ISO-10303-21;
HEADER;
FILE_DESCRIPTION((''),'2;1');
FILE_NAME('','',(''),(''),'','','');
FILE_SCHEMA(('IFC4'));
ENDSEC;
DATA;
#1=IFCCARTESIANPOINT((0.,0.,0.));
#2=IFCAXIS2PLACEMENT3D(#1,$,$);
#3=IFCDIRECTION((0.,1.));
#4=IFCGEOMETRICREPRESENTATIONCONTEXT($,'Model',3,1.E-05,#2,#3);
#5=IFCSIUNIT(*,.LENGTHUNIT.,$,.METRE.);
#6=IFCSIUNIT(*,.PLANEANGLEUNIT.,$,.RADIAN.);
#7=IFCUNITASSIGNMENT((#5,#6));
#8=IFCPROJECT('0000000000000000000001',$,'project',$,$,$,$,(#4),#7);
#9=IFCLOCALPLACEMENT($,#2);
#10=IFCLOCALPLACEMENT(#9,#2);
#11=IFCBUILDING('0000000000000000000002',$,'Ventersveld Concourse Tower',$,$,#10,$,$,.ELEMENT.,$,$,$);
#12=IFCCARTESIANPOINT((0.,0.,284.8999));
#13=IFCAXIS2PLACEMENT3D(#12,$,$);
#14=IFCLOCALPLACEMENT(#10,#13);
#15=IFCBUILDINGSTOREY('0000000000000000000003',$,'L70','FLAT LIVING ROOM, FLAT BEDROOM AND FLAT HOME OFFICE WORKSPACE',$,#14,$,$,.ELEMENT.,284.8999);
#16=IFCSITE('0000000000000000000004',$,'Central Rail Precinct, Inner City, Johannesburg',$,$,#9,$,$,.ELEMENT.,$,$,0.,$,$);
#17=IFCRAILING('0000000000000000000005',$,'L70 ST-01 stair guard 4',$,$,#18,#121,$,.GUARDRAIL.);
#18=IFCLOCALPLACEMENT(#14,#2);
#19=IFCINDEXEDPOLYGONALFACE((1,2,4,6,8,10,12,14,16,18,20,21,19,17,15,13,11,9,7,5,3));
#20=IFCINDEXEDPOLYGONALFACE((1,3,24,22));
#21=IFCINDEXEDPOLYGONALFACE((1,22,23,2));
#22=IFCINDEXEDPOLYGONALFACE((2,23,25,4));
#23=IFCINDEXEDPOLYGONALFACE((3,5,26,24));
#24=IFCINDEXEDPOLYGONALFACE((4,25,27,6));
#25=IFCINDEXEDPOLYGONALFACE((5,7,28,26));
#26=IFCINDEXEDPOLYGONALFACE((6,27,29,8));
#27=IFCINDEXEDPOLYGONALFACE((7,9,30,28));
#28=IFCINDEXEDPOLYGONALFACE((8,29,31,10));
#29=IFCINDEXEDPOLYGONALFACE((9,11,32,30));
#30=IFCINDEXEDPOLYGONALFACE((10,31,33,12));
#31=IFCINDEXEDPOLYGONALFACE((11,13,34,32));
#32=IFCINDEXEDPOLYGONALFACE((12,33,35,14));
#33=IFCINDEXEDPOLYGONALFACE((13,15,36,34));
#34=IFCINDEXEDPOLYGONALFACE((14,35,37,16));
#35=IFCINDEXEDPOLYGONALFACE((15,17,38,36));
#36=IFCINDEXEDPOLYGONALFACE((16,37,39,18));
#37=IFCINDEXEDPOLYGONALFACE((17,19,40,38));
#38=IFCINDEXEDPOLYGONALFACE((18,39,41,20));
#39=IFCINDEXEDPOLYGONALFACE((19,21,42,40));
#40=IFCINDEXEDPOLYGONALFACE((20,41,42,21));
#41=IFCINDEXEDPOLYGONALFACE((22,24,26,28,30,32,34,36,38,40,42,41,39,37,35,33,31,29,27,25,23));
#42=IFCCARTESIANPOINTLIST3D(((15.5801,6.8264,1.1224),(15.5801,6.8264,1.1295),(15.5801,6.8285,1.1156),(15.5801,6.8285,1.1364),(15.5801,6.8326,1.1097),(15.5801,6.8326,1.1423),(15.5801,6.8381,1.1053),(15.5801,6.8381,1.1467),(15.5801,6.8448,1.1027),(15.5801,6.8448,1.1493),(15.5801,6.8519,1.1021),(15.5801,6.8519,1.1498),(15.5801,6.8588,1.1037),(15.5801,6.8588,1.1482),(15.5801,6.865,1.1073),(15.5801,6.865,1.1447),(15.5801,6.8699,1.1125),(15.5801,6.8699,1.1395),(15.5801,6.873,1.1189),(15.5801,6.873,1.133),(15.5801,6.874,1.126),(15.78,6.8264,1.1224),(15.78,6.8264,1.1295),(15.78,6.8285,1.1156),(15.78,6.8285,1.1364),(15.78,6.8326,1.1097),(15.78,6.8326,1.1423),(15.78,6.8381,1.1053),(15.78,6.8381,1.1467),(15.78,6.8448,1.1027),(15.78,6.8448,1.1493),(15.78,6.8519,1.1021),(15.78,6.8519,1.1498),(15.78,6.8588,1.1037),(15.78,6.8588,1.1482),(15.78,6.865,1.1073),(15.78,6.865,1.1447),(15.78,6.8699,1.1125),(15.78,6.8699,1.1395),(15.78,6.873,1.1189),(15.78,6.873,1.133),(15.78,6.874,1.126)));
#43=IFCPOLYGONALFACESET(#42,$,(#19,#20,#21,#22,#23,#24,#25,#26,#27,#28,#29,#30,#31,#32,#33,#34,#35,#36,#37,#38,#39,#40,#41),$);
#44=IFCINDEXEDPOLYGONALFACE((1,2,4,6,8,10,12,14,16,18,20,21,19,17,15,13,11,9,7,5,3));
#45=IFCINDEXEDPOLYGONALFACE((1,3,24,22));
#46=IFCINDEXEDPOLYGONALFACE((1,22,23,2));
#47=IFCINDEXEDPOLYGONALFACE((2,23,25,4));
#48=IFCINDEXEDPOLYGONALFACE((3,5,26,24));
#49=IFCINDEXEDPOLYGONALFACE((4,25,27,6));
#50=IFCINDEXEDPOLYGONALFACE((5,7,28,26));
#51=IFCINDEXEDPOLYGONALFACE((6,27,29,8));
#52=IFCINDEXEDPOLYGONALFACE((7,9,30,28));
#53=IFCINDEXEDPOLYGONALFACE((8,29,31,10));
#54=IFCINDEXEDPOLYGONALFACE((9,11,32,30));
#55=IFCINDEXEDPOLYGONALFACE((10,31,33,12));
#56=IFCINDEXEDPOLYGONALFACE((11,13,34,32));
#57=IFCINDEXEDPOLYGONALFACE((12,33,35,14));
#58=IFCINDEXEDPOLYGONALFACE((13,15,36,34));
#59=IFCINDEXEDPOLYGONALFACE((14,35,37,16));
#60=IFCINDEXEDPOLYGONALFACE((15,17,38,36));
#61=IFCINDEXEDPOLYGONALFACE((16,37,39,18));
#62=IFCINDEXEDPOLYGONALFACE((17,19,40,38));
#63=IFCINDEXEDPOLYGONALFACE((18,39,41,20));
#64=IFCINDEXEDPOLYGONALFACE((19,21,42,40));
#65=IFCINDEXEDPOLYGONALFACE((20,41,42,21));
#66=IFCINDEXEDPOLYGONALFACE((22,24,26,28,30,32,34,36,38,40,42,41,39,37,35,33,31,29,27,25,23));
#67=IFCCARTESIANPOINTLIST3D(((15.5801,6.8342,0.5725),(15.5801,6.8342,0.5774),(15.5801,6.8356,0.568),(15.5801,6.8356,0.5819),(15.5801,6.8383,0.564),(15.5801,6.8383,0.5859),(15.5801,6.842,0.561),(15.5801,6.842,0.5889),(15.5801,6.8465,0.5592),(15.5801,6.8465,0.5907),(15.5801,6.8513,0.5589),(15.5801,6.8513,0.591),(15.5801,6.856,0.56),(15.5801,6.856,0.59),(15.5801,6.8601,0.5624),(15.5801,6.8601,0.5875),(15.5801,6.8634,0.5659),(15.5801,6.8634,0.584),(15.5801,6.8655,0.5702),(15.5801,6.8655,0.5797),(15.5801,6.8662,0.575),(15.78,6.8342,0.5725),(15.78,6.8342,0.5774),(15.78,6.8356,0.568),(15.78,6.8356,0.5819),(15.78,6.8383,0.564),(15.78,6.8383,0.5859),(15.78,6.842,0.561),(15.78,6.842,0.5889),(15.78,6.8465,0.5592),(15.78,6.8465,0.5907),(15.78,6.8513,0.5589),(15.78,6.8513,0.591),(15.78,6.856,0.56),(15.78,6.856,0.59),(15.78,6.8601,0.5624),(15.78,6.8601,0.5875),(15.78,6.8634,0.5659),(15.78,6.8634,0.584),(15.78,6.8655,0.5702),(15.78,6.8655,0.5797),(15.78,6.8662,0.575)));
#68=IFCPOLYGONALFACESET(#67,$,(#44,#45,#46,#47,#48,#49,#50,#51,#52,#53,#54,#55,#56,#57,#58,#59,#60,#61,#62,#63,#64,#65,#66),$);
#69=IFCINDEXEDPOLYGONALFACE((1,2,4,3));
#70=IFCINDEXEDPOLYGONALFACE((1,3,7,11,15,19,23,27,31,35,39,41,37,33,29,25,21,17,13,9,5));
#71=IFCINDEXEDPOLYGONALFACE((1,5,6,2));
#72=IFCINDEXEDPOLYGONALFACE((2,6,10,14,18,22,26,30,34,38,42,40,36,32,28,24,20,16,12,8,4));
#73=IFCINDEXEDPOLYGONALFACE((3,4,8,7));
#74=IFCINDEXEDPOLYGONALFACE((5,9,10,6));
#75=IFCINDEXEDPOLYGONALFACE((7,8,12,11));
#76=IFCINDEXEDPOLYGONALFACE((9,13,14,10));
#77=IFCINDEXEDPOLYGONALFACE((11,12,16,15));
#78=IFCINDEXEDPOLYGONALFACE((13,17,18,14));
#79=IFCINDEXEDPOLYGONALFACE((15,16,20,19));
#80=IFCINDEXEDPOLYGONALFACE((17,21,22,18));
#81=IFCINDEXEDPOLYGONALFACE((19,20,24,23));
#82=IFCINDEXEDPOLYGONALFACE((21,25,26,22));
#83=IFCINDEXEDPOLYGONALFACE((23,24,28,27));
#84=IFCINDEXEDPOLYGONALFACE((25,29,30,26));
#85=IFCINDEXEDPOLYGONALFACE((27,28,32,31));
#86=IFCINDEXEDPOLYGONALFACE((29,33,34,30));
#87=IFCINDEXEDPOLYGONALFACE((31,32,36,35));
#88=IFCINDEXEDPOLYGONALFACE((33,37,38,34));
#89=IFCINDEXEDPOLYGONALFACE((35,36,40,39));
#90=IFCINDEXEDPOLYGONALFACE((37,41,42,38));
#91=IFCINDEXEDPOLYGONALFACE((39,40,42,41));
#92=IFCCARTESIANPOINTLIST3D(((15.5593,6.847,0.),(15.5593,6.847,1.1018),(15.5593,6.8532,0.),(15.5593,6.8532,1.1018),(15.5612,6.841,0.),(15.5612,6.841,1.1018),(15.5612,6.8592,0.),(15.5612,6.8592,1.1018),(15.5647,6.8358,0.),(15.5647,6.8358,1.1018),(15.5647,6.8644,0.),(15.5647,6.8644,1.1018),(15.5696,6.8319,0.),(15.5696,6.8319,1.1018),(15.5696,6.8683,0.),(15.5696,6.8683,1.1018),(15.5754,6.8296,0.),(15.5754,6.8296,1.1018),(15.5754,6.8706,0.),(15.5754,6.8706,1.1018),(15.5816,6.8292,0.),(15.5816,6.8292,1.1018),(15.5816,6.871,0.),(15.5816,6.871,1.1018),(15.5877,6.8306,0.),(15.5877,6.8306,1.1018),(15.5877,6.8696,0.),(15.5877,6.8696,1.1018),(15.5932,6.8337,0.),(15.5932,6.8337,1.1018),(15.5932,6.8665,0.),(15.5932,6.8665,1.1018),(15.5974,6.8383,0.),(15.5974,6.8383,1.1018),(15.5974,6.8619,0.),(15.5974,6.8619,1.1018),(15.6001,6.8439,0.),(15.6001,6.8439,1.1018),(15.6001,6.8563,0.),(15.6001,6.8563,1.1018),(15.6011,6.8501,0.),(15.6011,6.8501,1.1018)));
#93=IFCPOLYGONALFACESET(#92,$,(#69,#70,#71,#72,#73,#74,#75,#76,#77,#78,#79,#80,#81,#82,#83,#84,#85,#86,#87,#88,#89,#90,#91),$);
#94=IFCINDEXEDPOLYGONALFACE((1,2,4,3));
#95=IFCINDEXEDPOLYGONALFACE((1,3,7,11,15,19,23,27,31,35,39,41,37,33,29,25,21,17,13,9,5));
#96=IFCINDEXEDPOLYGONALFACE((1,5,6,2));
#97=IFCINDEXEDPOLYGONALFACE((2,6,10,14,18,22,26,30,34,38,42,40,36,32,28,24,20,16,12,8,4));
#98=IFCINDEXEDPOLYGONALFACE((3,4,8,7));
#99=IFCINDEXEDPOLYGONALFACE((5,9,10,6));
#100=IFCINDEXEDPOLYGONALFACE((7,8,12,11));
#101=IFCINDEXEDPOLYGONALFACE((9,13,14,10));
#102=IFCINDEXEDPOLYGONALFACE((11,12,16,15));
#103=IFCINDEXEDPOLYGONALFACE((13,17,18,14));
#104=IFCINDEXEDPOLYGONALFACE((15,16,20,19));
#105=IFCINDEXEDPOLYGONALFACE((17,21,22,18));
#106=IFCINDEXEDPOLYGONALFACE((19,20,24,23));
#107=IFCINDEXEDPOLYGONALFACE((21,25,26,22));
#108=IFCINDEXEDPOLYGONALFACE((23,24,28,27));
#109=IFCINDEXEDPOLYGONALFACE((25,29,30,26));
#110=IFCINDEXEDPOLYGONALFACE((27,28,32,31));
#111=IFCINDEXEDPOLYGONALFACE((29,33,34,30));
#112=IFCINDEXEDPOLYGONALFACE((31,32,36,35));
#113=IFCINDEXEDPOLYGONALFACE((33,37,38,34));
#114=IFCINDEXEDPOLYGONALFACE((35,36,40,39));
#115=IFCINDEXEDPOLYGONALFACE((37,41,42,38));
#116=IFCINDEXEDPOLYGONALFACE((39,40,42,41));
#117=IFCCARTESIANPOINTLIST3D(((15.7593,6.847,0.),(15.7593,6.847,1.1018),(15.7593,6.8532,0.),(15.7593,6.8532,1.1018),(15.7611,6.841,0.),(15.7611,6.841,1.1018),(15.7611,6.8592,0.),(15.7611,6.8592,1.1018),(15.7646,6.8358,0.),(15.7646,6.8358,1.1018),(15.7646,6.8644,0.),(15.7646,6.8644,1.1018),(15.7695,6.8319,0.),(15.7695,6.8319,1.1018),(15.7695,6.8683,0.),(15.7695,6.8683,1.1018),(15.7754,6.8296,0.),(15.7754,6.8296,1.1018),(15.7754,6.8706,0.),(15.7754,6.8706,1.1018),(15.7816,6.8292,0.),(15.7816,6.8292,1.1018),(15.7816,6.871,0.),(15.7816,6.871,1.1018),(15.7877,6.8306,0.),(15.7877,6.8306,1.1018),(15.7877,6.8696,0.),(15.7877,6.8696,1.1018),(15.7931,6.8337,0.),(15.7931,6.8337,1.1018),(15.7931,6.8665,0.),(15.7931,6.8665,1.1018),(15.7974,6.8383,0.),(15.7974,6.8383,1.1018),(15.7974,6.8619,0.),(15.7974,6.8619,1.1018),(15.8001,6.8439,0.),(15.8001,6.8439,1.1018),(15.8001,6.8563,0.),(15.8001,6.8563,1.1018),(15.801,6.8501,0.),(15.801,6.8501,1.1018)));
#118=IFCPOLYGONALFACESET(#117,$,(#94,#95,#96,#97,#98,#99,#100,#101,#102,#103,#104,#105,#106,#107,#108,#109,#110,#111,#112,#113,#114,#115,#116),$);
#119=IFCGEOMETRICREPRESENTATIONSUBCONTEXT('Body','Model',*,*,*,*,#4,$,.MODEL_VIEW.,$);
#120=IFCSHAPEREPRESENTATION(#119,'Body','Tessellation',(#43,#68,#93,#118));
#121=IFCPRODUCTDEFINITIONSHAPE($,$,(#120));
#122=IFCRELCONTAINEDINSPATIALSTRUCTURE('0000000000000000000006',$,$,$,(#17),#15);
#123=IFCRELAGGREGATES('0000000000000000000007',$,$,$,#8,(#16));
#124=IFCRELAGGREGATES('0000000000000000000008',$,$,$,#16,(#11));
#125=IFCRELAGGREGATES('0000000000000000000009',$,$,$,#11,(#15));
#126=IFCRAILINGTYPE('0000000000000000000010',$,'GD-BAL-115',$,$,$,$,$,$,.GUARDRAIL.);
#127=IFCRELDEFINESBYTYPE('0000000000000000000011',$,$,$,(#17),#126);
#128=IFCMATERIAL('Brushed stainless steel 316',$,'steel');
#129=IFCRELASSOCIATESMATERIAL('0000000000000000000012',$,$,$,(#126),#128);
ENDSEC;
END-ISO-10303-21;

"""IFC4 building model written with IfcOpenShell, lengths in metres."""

from ifc_helpers import new_model, si_unit, direction, frame, origin, origin_2d, place, context, subcontext, project, spatial, circle, extrude, material, type_object, element, save


model = new_model("IFC4")

# Units and contexts
model_context = context("Model", 3, precision=1e-05, world=origin(), true_north=direction((0.0, 1.0)))
body_context = subcontext(model_context, "Body", "Model", "MODEL_VIEW")
ifc_project = project(units=[si_unit("LENGTHUNIT", "METRE"), si_unit("PLANEANGLEUNIT", "RADIAN")], contexts=[model_context])

# Site, building, storey
site_placement = place(None, origin())
site = spatial("IfcSite", under=ifc_project, at=site_placement, Name="Central Rail Precinct, Inner City, Johannesburg", CompositionType="ELEMENT", RefElevation=0.0)
building_placement = place(site_placement, origin())
building = spatial("IfcBuilding", under=site, at=building_placement, Name="Ventersveld Concourse Tower", CompositionType="ELEMENT")
storey_placement = place(building_placement, frame((0.0, 0.0, 284.8999)))
storey = spatial("IfcBuildingStorey", under=building, at=storey_placement, Name="L70", Description="FLAT LIVING ROOM, FLAT BEDROOM AND FLAT HOME OFFICE WORKSPACE", CompositionType="ELEMENT", Elevation=284.8999)

# Shared definitions
ifc_material_1 = material(Name="Brushed stainless steel 316", Category="steel")

# Railing
railing_type_1 = type_object("IfcRailingType", Name="GD-BAL-115", PredefinedType="GUARDRAIL", material=ifc_material_1)
railing_1_placement = place(storey_placement, frame((15.5801, 6.8501, 0.0)))
element("IfcRailing", 1, at=railing_1_placement, inside=storey, type_object=railing_type_1, Name="L70 ST-01 stair guard 4", PredefinedType="GUARDRAIL", context=body_context, shape_type="SweptSolid", body=[
    extrude(circle(Radius=0.0239, at=origin_2d()), frame((0.0, 0.0, 1.126), z_axis=(1.0, 0.0, 0.0), x_axis=(0.0, 1.0, 0.0)), (0.0, 0.0, 1.0), 0.2),
    extrude(circle(Radius=0.0161, at=origin_2d()), frame((0.0, 0.0, 0.575), z_axis=(1.0, 0.0, 0.0), x_axis=(0.0, 1.0, 0.0)), (0.0, 0.0, 1.0), 0.2),
    extrude(circle(Radius=0.021, at=origin_2d()), origin(), (0.0, 0.0, 1.0), 1.1018),
    extrude(circle(Radius=0.021, at=origin_2d()), frame((0.2, 0.0, 0.0)), (0.0, 0.0, 1.0), 1.1018),
])

save(model, "model.ifc")
